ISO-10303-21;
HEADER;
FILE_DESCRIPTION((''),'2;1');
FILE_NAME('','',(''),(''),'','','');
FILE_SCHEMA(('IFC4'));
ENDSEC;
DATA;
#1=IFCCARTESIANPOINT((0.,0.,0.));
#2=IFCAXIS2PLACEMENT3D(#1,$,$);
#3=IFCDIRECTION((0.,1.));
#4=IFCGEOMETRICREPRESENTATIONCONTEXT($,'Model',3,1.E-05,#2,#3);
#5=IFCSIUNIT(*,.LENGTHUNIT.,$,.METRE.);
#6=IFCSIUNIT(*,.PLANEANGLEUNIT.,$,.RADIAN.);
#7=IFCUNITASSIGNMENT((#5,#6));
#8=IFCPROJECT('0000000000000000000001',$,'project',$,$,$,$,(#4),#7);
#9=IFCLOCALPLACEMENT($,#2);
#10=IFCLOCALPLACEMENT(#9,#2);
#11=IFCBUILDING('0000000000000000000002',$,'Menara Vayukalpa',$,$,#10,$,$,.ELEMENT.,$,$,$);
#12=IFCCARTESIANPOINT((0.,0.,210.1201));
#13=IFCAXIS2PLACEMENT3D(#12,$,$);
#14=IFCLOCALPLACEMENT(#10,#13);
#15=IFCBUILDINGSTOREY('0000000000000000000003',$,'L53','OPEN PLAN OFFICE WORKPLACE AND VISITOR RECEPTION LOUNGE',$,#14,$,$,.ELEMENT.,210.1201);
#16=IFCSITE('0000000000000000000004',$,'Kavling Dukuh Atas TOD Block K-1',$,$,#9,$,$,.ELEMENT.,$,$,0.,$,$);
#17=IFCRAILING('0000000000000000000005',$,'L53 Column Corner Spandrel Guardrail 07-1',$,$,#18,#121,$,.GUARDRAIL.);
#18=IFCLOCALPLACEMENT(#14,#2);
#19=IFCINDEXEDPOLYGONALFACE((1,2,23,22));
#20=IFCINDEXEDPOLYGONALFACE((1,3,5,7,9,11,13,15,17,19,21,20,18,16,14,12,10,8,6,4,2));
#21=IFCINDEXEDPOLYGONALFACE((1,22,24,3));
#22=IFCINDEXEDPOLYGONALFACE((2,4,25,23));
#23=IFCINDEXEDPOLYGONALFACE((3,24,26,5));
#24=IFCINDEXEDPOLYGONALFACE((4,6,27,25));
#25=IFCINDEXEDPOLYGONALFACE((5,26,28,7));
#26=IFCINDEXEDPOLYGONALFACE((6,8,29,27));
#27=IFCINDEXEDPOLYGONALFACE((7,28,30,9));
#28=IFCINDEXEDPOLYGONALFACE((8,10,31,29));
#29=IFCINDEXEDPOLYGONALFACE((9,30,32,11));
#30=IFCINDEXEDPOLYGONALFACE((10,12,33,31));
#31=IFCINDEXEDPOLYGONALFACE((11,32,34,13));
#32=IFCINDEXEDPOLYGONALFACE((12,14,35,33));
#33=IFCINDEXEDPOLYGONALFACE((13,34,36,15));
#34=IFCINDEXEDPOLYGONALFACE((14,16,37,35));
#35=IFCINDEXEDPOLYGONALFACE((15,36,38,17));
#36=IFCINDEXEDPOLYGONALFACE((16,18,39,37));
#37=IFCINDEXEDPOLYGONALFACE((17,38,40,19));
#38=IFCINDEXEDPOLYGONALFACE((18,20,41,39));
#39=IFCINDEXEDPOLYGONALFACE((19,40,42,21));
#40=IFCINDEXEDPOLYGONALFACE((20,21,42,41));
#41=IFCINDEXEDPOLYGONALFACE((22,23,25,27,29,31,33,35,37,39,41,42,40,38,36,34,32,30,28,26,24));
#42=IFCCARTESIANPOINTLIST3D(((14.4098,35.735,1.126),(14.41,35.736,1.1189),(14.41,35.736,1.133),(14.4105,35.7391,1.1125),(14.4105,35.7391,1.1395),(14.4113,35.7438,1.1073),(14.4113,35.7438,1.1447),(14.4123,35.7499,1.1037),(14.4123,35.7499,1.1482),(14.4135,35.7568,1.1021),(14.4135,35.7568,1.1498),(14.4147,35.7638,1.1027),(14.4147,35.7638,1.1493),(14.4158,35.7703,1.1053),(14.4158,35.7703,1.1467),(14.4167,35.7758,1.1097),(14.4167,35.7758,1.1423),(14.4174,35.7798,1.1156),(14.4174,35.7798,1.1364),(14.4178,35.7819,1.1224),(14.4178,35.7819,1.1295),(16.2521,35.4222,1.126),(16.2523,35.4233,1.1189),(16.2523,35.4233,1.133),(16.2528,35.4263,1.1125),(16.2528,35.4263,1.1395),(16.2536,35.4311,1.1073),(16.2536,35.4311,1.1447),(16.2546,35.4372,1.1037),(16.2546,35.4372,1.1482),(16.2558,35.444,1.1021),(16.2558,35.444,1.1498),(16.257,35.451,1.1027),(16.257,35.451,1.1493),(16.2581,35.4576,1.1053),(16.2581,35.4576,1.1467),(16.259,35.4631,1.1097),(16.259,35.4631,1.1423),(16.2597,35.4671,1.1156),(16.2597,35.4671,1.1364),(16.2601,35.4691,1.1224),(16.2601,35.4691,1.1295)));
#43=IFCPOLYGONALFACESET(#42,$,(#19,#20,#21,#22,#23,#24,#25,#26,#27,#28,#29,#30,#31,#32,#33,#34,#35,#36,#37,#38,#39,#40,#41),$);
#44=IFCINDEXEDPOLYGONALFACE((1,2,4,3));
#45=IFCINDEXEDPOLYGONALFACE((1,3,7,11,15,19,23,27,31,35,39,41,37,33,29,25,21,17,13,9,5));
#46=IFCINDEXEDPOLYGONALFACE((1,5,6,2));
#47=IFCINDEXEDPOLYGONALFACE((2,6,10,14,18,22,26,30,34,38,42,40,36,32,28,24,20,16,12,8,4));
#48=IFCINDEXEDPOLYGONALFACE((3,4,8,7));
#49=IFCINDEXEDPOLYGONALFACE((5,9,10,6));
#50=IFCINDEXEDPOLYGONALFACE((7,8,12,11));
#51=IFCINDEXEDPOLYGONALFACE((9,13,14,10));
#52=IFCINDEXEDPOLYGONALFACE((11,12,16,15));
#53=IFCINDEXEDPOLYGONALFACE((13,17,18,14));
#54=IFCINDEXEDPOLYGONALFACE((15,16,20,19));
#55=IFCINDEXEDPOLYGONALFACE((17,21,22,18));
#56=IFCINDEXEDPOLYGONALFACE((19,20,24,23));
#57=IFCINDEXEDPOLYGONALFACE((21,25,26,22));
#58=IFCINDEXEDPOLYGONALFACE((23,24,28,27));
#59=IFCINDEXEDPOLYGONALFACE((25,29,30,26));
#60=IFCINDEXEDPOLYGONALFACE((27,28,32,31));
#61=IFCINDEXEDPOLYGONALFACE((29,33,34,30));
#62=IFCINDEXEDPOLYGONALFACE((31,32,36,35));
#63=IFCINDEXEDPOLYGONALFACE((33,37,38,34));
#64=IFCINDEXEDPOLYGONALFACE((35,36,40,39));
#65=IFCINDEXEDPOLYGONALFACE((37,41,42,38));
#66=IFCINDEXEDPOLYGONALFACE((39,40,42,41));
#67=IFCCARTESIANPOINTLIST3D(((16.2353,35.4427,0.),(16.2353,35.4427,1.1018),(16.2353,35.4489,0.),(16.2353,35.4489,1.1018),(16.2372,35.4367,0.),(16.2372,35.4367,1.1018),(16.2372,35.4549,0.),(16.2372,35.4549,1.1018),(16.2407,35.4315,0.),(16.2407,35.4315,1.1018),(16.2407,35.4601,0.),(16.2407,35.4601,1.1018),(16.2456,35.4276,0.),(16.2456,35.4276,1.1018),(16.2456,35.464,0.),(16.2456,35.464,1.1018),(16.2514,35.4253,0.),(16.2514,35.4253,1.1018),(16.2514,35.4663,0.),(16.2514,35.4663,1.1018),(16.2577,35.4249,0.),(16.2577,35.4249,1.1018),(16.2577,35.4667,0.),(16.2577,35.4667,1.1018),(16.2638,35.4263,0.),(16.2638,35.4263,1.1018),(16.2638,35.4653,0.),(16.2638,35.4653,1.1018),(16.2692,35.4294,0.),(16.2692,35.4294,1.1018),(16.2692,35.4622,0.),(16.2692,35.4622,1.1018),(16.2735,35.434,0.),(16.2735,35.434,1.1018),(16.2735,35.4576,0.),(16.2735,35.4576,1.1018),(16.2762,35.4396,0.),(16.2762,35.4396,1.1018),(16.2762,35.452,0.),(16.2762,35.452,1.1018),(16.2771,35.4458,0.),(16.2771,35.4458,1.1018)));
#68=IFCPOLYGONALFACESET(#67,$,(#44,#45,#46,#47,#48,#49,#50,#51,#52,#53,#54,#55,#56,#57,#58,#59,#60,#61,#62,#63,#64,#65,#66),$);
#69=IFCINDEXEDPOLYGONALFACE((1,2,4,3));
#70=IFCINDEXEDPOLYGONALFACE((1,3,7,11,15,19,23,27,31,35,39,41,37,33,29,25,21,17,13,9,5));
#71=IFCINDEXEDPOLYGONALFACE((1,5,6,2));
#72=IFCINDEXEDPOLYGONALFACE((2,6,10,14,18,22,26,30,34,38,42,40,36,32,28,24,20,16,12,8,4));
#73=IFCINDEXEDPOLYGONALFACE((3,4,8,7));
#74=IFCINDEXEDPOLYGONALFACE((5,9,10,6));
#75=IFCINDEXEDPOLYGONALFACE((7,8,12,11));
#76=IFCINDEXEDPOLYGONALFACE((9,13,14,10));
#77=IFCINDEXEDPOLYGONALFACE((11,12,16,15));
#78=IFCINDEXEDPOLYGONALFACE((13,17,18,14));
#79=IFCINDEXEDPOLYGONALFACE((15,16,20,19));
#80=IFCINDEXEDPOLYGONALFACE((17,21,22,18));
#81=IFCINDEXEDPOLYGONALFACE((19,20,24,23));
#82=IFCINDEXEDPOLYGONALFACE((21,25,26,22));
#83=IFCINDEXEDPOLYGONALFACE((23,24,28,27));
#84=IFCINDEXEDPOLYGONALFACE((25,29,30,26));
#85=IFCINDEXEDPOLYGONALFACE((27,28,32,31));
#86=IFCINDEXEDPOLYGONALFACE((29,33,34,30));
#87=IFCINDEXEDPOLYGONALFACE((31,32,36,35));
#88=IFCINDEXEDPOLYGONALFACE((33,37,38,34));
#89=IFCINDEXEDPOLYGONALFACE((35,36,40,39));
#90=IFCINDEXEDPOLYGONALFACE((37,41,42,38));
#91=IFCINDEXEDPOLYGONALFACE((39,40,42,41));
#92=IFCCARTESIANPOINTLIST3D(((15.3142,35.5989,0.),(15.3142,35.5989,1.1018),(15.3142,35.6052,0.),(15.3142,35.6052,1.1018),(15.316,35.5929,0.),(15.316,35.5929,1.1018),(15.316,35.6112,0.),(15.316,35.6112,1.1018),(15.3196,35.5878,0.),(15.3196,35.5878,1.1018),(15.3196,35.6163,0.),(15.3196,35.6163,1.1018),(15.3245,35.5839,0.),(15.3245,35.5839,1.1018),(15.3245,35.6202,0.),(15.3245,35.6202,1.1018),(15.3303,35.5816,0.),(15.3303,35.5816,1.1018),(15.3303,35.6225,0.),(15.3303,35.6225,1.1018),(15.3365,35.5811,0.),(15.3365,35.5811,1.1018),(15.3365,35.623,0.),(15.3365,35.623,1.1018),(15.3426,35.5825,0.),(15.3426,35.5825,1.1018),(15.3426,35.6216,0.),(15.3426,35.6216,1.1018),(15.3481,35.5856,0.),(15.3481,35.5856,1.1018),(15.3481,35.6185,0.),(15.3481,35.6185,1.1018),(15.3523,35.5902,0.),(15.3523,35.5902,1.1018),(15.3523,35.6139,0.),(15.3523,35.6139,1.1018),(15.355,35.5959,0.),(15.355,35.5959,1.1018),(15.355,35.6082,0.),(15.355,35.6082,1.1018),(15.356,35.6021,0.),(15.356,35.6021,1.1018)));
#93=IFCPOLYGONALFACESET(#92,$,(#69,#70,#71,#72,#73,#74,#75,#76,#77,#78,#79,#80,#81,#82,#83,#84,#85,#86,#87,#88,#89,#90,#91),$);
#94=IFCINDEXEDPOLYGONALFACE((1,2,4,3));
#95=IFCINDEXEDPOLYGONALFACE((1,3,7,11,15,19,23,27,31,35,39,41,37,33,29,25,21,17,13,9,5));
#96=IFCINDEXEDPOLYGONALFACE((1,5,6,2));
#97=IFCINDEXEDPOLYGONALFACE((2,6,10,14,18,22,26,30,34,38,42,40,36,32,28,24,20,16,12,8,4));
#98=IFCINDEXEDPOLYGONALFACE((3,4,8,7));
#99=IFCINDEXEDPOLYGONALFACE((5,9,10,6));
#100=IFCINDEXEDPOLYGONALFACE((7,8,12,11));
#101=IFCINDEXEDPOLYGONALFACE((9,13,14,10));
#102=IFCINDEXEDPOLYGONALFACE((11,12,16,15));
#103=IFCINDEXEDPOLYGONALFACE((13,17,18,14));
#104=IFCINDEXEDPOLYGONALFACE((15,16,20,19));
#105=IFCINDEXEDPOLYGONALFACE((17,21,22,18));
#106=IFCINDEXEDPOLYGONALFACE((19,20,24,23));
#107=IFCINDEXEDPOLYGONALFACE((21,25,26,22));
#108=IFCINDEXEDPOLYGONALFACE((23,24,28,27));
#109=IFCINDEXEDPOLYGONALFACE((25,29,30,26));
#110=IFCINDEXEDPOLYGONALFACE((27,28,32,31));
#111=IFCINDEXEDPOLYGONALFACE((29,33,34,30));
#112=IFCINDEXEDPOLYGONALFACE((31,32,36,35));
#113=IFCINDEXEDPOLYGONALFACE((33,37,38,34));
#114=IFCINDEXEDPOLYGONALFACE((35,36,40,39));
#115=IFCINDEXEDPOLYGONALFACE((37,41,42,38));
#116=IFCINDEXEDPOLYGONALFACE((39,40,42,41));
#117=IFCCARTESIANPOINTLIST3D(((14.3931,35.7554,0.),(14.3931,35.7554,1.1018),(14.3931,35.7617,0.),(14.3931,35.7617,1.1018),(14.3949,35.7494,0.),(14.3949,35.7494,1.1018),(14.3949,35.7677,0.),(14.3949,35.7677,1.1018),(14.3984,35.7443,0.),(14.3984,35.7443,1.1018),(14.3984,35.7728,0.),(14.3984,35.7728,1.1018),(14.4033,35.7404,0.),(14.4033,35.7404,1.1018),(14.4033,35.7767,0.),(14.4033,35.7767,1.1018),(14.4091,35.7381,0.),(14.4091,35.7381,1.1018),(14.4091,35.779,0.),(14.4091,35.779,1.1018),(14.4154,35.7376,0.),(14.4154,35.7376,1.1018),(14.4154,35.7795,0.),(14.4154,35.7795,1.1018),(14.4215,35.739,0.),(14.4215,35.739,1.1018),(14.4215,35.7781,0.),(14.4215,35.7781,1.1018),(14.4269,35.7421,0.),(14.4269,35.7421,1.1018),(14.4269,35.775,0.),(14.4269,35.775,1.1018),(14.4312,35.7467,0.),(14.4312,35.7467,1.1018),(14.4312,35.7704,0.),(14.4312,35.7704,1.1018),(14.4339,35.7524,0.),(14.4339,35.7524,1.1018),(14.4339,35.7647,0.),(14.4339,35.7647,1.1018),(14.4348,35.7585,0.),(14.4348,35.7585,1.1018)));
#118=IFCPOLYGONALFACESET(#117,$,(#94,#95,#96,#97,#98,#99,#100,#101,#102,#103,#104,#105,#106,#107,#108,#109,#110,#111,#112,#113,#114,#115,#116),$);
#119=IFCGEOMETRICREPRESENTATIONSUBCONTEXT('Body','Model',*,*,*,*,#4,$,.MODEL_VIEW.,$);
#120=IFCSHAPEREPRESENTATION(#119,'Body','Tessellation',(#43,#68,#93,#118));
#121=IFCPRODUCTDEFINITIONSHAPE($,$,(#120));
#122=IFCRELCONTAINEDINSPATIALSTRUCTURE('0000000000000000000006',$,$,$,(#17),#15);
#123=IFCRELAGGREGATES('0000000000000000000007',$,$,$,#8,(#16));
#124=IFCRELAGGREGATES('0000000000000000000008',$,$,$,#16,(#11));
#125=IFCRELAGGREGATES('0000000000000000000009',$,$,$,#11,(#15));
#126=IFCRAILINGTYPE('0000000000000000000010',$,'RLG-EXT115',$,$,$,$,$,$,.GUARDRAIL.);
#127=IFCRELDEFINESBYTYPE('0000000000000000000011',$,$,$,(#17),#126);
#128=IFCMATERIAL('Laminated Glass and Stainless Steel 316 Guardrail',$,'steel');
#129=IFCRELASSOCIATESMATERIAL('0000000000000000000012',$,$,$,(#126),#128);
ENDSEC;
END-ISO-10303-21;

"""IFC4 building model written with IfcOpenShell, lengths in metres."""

from ifc_helpers import new_model, si_unit, direction, frame, origin, origin_2d, place, context, subcontext, project, spatial, circle, extrude, material, type_object, element, save


model = new_model("IFC4")

# Units and contexts
model_context = context("Model", 3, precision=1e-05, world=origin(), true_north=direction((0.0, 1.0)))
body_context = subcontext(model_context, "Body", "Model", "MODEL_VIEW")
ifc_project = project(units=[si_unit("LENGTHUNIT", "METRE"), si_unit("PLANEANGLEUNIT", "RADIAN")], contexts=[model_context])

# Site, building, storey
site_placement = place(None, origin())
site = spatial("IfcSite", under=ifc_project, at=site_placement, Name="Kavling Dukuh Atas TOD Block K-1", CompositionType="ELEMENT", RefElevation=0.0)
building_placement = place(site_placement, origin())
building = spatial("IfcBuilding", under=site, at=building_placement, Name="Menara Vayukalpa", CompositionType="ELEMENT")
storey_placement = place(building_placement, frame((0.0, 0.0, 210.1201)))
storey = spatial("IfcBuildingStorey", under=building, at=storey_placement, Name="L53", Description="OPEN PLAN OFFICE WORKPLACE AND VISITOR RECEPTION LOUNGE", CompositionType="ELEMENT", Elevation=210.1201)

# Railing
ifc_material_1 = material(Name="Laminated Glass and Stainless Steel 316 Guardrail", Category="steel")
railing_type = type_object("IfcRailingType", Name="RLG-EXT115", PredefinedType="GUARDRAIL", material=ifc_material_1)
railing_placement = place(storey_placement, frame((16.2561, 35.4458, 0.0)))
element("IfcRailing", 1, at=railing_placement, inside=storey, type_object=railing_type, Name="L53 Column Corner Spandrel Guardrail 07-1", PredefinedType="GUARDRAIL", context=body_context, shape_type="SweptSolid", body=[
    extrude(circle(Radius=0.0239, at=origin_2d()), frame((0.0, 0.0, 1.126), z_axis=(-0.985895, 0.167364, 0.0), x_axis=(-0.167364, -0.985895, 0.0)), (0.0, 0.0, 1.0), 1.8687),
    extrude(circle(Radius=0.021, at=origin_2d()), origin(), (0.0, 0.0, 1.0), 1.1018),
    extrude(circle(Radius=0.021, at=origin_2d()), frame((-0.9211, 0.1562, 0.0)), (0.0, 0.0, 1.0), 1.1018),
    extrude(circle(Radius=0.021, at=origin_2d()), frame((-1.8423, 0.3127, 0.0)), (0.0, 0.0, 1.0), 1.1018),
])

save(model, "model.ifc")
